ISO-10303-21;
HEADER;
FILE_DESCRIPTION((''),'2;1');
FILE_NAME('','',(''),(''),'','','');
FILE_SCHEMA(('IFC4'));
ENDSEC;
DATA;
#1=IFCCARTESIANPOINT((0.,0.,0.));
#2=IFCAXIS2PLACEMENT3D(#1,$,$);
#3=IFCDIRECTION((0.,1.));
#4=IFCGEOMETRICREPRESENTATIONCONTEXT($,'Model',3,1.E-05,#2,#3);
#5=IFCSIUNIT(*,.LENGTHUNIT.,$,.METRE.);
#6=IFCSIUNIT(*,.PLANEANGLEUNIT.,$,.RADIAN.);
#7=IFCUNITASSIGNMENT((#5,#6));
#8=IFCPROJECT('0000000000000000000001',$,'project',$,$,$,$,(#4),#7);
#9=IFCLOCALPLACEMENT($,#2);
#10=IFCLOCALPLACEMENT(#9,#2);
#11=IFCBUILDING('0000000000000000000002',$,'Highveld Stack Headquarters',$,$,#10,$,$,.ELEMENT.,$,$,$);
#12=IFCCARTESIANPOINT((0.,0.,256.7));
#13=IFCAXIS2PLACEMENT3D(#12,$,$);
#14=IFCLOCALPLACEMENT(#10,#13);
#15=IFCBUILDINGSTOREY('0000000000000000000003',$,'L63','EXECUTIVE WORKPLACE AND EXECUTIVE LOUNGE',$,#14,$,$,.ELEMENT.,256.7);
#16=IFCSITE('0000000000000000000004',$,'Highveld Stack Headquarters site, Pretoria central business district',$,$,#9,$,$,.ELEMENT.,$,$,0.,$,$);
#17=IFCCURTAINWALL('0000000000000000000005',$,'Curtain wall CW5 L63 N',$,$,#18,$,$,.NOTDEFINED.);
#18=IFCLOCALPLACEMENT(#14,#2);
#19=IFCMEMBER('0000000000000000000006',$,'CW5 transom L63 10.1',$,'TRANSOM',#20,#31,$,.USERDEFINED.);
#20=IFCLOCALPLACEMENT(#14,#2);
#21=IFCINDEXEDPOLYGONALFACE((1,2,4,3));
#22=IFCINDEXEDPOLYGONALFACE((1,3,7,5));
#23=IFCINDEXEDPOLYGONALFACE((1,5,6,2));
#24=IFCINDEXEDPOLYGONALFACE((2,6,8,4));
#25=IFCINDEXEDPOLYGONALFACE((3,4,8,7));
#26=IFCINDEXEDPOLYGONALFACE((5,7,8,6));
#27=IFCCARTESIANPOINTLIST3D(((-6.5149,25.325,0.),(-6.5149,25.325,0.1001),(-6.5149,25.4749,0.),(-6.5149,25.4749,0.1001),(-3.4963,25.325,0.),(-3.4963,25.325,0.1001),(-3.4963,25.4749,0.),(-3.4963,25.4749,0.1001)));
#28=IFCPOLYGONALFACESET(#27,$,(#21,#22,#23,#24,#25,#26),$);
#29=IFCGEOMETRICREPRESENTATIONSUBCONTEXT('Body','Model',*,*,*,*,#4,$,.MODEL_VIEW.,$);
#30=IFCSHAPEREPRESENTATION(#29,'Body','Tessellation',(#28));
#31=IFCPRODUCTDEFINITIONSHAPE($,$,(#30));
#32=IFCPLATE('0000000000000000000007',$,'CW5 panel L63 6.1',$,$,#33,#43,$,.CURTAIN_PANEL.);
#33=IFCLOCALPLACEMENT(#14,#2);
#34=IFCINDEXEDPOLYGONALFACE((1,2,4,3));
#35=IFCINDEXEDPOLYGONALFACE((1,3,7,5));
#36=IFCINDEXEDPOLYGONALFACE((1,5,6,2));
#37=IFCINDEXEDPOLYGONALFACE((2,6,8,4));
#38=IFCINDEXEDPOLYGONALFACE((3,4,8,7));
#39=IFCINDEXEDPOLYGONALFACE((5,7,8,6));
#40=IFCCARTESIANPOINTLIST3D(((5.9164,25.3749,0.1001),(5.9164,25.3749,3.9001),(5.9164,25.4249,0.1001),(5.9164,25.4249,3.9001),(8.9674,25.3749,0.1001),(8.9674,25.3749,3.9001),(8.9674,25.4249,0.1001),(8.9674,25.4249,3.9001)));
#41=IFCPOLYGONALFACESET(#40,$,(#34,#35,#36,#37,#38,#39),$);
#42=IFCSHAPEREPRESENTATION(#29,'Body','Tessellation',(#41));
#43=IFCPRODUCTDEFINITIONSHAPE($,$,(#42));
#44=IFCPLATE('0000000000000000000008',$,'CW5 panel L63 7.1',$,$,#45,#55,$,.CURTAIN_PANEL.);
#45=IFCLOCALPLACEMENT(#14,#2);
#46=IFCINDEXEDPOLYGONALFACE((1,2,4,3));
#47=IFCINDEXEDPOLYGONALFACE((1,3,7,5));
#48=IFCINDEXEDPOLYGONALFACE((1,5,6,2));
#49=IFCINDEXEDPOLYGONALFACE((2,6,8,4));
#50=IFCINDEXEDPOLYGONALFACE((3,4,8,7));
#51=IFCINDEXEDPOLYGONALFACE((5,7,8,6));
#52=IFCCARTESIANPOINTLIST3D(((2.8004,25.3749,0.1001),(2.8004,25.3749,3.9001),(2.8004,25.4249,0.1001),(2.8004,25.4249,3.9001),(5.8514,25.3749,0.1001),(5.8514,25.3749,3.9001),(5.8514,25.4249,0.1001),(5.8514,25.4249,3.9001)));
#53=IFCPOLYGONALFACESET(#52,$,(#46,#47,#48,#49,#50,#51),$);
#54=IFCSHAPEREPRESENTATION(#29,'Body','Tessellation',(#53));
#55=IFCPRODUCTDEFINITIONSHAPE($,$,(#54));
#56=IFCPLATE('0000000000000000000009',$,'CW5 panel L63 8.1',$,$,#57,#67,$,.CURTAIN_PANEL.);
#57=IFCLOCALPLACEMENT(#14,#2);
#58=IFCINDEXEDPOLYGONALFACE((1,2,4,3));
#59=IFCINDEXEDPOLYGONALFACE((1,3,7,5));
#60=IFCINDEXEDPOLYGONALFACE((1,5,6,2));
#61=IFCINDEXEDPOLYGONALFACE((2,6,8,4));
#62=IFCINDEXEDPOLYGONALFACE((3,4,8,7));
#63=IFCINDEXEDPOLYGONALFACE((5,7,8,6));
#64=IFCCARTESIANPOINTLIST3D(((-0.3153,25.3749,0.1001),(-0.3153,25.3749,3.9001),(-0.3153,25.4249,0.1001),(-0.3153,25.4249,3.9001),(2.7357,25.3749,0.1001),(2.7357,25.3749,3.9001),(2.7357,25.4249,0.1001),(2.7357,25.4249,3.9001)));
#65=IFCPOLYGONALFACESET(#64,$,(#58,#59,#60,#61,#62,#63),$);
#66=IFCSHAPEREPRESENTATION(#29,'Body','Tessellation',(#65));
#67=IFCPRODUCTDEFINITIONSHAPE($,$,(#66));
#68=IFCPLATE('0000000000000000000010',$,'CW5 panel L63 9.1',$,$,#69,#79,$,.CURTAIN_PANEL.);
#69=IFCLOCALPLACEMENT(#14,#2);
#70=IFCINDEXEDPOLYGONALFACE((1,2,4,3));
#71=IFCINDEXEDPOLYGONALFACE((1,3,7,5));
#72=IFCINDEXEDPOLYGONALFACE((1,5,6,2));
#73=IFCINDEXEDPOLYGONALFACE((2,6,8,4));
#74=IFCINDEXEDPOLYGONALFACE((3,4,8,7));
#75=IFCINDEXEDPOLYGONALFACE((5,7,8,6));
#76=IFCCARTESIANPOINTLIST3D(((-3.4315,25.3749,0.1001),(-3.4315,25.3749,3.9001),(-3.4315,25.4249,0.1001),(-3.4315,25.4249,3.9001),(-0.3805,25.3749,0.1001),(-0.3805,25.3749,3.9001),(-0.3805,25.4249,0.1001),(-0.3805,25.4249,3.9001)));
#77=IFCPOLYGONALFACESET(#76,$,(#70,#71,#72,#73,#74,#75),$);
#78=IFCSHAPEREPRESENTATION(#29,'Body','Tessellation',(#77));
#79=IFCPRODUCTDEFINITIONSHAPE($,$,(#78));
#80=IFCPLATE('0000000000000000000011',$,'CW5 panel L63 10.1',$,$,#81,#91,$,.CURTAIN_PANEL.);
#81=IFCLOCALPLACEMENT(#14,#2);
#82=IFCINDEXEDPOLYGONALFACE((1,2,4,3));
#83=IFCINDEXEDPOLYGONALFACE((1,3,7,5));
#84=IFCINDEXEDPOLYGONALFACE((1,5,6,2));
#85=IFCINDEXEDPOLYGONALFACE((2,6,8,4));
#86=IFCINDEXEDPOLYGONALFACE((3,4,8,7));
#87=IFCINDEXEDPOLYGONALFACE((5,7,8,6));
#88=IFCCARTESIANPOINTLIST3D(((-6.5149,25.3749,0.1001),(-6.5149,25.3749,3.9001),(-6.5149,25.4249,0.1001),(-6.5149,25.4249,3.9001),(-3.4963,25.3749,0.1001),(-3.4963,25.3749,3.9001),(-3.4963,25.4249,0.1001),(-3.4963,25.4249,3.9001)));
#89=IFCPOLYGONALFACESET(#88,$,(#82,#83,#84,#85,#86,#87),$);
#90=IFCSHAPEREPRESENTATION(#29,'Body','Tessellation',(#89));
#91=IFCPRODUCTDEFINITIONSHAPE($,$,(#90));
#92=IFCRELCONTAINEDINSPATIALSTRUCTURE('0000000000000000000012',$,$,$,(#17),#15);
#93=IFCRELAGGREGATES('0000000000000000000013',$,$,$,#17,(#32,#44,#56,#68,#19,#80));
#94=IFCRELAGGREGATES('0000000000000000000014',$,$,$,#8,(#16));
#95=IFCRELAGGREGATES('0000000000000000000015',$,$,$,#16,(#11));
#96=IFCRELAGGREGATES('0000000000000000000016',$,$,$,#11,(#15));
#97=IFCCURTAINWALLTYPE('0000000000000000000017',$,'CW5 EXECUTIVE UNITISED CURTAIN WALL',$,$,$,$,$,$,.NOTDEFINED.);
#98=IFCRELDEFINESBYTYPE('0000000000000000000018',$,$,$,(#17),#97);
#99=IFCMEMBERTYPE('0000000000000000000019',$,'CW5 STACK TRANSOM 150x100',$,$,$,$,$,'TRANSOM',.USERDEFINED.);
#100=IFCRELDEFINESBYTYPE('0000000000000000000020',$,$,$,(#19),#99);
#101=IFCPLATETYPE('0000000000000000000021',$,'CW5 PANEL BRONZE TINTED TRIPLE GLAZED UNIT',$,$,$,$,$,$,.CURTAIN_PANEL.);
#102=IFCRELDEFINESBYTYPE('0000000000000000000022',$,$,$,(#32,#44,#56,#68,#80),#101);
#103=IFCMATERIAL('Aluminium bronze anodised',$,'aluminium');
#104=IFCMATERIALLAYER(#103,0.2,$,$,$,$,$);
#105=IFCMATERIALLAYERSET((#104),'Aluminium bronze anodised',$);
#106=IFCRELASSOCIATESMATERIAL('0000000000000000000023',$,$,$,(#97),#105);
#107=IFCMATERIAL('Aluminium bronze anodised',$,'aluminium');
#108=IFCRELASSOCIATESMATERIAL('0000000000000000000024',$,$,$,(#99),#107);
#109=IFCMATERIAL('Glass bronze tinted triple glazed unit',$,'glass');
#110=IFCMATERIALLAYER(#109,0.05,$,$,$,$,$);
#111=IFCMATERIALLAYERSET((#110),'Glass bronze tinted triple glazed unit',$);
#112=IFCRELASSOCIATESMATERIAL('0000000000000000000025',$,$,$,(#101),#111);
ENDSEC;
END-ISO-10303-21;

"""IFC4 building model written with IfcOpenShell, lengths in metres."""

from ifc_helpers import new_model, si_unit, direction, frame, origin, origin_2d, place, context, subcontext, project, spatial, rectangle, extrude, material, layer, layer_set, material_profile, profile_set, type_object, element, aggregate, save


model = new_model("IFC4")

# Units and contexts
model_context = context("Model", 3, precision=1e-05, world=origin(), true_north=direction((0.0, 1.0)))
body_context = subcontext(model_context, "Body", "Model", "MODEL_VIEW")
ifc_project = project(units=[si_unit("LENGTHUNIT", "METRE"), si_unit("PLANEANGLEUNIT", "RADIAN")], contexts=[model_context])

# Site, building, storey
site_placement = place(None, origin())
site = spatial("IfcSite", under=ifc_project, at=site_placement, Name="Highveld Stack Headquarters site, Pretoria central business district", CompositionType="ELEMENT", RefElevation=0.0)
building_placement = place(site_placement, origin())
building = spatial("IfcBuilding", under=site, at=building_placement, Name="Highveld Stack Headquarters", CompositionType="ELEMENT")
storey_placement = place(building_placement, frame((0.0, 0.0, 256.7)))
storey = spatial("IfcBuildingStorey", under=building, at=storey_placement, Name="L63", Description="EXECUTIVE WORKPLACE AND EXECUTIVE LOUNGE", CompositionType="ELEMENT", Elevation=256.7)

# Curtain wall, member, plates
ifc_material_1 = material(Name="Aluminium bronze anodised", Category="aluminium")
ifc_layer_1 = layer(ifc_material_1, 0.2)
ifc_layer_set_1 = layer_set([ifc_layer_1], Name="Aluminium bronze anodised")
curtain_wall_type = type_object("IfcCurtainWallType", Name="CW5 EXECUTIVE UNITISED CURTAIN WALL", PredefinedType="NOTDEFINED", material=ifc_layer_set_1)
curtain_wall_placement = place(storey_placement, origin())
curtain_wall = element("IfcCurtainWall", 1, at=curtain_wall_placement, inside=storey, type_object=curtain_wall_type, Name="Curtain wall CW5 L63 N", PredefinedType="NOTDEFINED")
ifc_material_2 = material(Name="Aluminium bronze anodised", Category="aluminium")
ifc_material_profile_1 = material_profile(ifc_material_2, rectangle(XDim=0.1499, YDim=0.1001, at=origin_2d()), Name="CW5 TRANSOM 150x100")
ifc_profile_set_1 = profile_set([ifc_material_profile_1], Name="Aluminium bronze anodised")
member_type_1 = type_object("IfcMemberType", Name="CW5 STACK TRANSOM 150x100", ElementType="TRANSOM", PredefinedType="USERDEFINED", material=ifc_profile_set_1)
member_1_placement = place(storey_placement, frame((-3.4963, 25.3999, 0.05), z_axis=(-1.0, 0.0, 0.0), x_axis=(0.0, -1.0, 0.0)))
member_1 = element("IfcMember", 2, at=member_1_placement, type_object=member_type_1, Name="CW5 transom L63 10.1", ObjectType="TRANSOM", PredefinedType="USERDEFINED", context=body_context, shape_type="SweptSolid", body=[
    extrude(rectangle(XDim=0.1499, YDim=0.1001, at=origin_2d()), origin(), (0.0, 0.0, 1.0), 3.0186),
])
ifc_material_3 = material(Name="Glass bronze tinted triple glazed unit", Category="glass")
ifc_layer_2 = layer(ifc_material_3, 0.05)
ifc_layer_set_2 = layer_set([ifc_layer_2], Name="Glass bronze tinted triple glazed unit")
plate_type = type_object("IfcPlateType", Name="CW5 PANEL BRONZE TINTED TRIPLE GLAZED UNIT", PredefinedType="CURTAIN_PANEL", material=ifc_layer_set_2)
plate_1_placement = place(storey_placement, frame((7.4419, 25.3999, 0.1001), z_axis=(0.0, 0.0, 1.0), x_axis=(-1.0, 0.0, 0.0)))
plate_1 = element("IfcPlate", 3, at=plate_1_placement, type_object=plate_type, Name="CW5 panel L63 6.1", PredefinedType="CURTAIN_PANEL", context=body_context, shape_type="SweptSolid", body=[
    extrude(rectangle(XDim=3.051, YDim=0.05, at=origin_2d()), origin(), (0.0, 0.0, 1.0), 3.8),
])
plate_2_placement = place(storey_placement, frame((4.3259, 25.3999, 0.1001), z_axis=(0.0, 0.0, 1.0), x_axis=(-1.0, 0.0, 0.0)))
plate_2 = element("IfcPlate", 4, at=plate_2_placement, type_object=plate_type, Name="CW5 panel L63 7.1", PredefinedType="CURTAIN_PANEL", context=body_context, shape_type="SweptSolid", body=[
    extrude(rectangle(XDim=3.051, YDim=0.05, at=origin_2d()), origin(), (0.0, 0.0, 1.0), 3.8),
])
plate_3_placement = place(storey_placement, frame((1.2102, 25.3999, 0.1001), z_axis=(0.0, 0.0, 1.0), x_axis=(-1.0, 0.0, 0.0)))
plate_3 = element("IfcPlate", 5, at=plate_3_placement, type_object=plate_type, Name="CW5 panel L63 8.1", PredefinedType="CURTAIN_PANEL", context=body_context, shape_type="SweptSolid", body=[
    extrude(rectangle(XDim=3.051, YDim=0.05, at=origin_2d()), origin(), (0.0, 0.0, 1.0), 3.8),
])
plate_4_placement = place(storey_placement, frame((-1.906, 25.3999, 0.1001), z_axis=(0.0, 0.0, 1.0), x_axis=(-1.0, 0.0, 0.0)))
plate_4 = element("IfcPlate", 6, at=plate_4_placement, type_object=plate_type, Name="CW5 panel L63 9.1", PredefinedType="CURTAIN_PANEL", context=body_context, shape_type="SweptSolid", body=[
    extrude(rectangle(XDim=3.051, YDim=0.05, at=origin_2d()), origin(), (0.0, 0.0, 1.0), 3.8),
])
plate_5_placement = place(storey_placement, frame((-5.0056, 25.3999, 0.1001), z_axis=(0.0, 0.0, 1.0), x_axis=(-1.0, 0.0, 0.0)))
plate_5 = element("IfcPlate", 7, at=plate_5_placement, type_object=plate_type, Name="CW5 panel L63 10.1", PredefinedType="CURTAIN_PANEL", context=body_context, shape_type="SweptSolid", body=[
    extrude(rectangle(XDim=3.0186, YDim=0.05, at=origin_2d()), origin(), (0.0, 0.0, 1.0), 3.8),
])
aggregate(curtain_wall, [plate_1, plate_2, plate_3, plate_4, member_1, plate_5])

save(model, "model.ifc")
